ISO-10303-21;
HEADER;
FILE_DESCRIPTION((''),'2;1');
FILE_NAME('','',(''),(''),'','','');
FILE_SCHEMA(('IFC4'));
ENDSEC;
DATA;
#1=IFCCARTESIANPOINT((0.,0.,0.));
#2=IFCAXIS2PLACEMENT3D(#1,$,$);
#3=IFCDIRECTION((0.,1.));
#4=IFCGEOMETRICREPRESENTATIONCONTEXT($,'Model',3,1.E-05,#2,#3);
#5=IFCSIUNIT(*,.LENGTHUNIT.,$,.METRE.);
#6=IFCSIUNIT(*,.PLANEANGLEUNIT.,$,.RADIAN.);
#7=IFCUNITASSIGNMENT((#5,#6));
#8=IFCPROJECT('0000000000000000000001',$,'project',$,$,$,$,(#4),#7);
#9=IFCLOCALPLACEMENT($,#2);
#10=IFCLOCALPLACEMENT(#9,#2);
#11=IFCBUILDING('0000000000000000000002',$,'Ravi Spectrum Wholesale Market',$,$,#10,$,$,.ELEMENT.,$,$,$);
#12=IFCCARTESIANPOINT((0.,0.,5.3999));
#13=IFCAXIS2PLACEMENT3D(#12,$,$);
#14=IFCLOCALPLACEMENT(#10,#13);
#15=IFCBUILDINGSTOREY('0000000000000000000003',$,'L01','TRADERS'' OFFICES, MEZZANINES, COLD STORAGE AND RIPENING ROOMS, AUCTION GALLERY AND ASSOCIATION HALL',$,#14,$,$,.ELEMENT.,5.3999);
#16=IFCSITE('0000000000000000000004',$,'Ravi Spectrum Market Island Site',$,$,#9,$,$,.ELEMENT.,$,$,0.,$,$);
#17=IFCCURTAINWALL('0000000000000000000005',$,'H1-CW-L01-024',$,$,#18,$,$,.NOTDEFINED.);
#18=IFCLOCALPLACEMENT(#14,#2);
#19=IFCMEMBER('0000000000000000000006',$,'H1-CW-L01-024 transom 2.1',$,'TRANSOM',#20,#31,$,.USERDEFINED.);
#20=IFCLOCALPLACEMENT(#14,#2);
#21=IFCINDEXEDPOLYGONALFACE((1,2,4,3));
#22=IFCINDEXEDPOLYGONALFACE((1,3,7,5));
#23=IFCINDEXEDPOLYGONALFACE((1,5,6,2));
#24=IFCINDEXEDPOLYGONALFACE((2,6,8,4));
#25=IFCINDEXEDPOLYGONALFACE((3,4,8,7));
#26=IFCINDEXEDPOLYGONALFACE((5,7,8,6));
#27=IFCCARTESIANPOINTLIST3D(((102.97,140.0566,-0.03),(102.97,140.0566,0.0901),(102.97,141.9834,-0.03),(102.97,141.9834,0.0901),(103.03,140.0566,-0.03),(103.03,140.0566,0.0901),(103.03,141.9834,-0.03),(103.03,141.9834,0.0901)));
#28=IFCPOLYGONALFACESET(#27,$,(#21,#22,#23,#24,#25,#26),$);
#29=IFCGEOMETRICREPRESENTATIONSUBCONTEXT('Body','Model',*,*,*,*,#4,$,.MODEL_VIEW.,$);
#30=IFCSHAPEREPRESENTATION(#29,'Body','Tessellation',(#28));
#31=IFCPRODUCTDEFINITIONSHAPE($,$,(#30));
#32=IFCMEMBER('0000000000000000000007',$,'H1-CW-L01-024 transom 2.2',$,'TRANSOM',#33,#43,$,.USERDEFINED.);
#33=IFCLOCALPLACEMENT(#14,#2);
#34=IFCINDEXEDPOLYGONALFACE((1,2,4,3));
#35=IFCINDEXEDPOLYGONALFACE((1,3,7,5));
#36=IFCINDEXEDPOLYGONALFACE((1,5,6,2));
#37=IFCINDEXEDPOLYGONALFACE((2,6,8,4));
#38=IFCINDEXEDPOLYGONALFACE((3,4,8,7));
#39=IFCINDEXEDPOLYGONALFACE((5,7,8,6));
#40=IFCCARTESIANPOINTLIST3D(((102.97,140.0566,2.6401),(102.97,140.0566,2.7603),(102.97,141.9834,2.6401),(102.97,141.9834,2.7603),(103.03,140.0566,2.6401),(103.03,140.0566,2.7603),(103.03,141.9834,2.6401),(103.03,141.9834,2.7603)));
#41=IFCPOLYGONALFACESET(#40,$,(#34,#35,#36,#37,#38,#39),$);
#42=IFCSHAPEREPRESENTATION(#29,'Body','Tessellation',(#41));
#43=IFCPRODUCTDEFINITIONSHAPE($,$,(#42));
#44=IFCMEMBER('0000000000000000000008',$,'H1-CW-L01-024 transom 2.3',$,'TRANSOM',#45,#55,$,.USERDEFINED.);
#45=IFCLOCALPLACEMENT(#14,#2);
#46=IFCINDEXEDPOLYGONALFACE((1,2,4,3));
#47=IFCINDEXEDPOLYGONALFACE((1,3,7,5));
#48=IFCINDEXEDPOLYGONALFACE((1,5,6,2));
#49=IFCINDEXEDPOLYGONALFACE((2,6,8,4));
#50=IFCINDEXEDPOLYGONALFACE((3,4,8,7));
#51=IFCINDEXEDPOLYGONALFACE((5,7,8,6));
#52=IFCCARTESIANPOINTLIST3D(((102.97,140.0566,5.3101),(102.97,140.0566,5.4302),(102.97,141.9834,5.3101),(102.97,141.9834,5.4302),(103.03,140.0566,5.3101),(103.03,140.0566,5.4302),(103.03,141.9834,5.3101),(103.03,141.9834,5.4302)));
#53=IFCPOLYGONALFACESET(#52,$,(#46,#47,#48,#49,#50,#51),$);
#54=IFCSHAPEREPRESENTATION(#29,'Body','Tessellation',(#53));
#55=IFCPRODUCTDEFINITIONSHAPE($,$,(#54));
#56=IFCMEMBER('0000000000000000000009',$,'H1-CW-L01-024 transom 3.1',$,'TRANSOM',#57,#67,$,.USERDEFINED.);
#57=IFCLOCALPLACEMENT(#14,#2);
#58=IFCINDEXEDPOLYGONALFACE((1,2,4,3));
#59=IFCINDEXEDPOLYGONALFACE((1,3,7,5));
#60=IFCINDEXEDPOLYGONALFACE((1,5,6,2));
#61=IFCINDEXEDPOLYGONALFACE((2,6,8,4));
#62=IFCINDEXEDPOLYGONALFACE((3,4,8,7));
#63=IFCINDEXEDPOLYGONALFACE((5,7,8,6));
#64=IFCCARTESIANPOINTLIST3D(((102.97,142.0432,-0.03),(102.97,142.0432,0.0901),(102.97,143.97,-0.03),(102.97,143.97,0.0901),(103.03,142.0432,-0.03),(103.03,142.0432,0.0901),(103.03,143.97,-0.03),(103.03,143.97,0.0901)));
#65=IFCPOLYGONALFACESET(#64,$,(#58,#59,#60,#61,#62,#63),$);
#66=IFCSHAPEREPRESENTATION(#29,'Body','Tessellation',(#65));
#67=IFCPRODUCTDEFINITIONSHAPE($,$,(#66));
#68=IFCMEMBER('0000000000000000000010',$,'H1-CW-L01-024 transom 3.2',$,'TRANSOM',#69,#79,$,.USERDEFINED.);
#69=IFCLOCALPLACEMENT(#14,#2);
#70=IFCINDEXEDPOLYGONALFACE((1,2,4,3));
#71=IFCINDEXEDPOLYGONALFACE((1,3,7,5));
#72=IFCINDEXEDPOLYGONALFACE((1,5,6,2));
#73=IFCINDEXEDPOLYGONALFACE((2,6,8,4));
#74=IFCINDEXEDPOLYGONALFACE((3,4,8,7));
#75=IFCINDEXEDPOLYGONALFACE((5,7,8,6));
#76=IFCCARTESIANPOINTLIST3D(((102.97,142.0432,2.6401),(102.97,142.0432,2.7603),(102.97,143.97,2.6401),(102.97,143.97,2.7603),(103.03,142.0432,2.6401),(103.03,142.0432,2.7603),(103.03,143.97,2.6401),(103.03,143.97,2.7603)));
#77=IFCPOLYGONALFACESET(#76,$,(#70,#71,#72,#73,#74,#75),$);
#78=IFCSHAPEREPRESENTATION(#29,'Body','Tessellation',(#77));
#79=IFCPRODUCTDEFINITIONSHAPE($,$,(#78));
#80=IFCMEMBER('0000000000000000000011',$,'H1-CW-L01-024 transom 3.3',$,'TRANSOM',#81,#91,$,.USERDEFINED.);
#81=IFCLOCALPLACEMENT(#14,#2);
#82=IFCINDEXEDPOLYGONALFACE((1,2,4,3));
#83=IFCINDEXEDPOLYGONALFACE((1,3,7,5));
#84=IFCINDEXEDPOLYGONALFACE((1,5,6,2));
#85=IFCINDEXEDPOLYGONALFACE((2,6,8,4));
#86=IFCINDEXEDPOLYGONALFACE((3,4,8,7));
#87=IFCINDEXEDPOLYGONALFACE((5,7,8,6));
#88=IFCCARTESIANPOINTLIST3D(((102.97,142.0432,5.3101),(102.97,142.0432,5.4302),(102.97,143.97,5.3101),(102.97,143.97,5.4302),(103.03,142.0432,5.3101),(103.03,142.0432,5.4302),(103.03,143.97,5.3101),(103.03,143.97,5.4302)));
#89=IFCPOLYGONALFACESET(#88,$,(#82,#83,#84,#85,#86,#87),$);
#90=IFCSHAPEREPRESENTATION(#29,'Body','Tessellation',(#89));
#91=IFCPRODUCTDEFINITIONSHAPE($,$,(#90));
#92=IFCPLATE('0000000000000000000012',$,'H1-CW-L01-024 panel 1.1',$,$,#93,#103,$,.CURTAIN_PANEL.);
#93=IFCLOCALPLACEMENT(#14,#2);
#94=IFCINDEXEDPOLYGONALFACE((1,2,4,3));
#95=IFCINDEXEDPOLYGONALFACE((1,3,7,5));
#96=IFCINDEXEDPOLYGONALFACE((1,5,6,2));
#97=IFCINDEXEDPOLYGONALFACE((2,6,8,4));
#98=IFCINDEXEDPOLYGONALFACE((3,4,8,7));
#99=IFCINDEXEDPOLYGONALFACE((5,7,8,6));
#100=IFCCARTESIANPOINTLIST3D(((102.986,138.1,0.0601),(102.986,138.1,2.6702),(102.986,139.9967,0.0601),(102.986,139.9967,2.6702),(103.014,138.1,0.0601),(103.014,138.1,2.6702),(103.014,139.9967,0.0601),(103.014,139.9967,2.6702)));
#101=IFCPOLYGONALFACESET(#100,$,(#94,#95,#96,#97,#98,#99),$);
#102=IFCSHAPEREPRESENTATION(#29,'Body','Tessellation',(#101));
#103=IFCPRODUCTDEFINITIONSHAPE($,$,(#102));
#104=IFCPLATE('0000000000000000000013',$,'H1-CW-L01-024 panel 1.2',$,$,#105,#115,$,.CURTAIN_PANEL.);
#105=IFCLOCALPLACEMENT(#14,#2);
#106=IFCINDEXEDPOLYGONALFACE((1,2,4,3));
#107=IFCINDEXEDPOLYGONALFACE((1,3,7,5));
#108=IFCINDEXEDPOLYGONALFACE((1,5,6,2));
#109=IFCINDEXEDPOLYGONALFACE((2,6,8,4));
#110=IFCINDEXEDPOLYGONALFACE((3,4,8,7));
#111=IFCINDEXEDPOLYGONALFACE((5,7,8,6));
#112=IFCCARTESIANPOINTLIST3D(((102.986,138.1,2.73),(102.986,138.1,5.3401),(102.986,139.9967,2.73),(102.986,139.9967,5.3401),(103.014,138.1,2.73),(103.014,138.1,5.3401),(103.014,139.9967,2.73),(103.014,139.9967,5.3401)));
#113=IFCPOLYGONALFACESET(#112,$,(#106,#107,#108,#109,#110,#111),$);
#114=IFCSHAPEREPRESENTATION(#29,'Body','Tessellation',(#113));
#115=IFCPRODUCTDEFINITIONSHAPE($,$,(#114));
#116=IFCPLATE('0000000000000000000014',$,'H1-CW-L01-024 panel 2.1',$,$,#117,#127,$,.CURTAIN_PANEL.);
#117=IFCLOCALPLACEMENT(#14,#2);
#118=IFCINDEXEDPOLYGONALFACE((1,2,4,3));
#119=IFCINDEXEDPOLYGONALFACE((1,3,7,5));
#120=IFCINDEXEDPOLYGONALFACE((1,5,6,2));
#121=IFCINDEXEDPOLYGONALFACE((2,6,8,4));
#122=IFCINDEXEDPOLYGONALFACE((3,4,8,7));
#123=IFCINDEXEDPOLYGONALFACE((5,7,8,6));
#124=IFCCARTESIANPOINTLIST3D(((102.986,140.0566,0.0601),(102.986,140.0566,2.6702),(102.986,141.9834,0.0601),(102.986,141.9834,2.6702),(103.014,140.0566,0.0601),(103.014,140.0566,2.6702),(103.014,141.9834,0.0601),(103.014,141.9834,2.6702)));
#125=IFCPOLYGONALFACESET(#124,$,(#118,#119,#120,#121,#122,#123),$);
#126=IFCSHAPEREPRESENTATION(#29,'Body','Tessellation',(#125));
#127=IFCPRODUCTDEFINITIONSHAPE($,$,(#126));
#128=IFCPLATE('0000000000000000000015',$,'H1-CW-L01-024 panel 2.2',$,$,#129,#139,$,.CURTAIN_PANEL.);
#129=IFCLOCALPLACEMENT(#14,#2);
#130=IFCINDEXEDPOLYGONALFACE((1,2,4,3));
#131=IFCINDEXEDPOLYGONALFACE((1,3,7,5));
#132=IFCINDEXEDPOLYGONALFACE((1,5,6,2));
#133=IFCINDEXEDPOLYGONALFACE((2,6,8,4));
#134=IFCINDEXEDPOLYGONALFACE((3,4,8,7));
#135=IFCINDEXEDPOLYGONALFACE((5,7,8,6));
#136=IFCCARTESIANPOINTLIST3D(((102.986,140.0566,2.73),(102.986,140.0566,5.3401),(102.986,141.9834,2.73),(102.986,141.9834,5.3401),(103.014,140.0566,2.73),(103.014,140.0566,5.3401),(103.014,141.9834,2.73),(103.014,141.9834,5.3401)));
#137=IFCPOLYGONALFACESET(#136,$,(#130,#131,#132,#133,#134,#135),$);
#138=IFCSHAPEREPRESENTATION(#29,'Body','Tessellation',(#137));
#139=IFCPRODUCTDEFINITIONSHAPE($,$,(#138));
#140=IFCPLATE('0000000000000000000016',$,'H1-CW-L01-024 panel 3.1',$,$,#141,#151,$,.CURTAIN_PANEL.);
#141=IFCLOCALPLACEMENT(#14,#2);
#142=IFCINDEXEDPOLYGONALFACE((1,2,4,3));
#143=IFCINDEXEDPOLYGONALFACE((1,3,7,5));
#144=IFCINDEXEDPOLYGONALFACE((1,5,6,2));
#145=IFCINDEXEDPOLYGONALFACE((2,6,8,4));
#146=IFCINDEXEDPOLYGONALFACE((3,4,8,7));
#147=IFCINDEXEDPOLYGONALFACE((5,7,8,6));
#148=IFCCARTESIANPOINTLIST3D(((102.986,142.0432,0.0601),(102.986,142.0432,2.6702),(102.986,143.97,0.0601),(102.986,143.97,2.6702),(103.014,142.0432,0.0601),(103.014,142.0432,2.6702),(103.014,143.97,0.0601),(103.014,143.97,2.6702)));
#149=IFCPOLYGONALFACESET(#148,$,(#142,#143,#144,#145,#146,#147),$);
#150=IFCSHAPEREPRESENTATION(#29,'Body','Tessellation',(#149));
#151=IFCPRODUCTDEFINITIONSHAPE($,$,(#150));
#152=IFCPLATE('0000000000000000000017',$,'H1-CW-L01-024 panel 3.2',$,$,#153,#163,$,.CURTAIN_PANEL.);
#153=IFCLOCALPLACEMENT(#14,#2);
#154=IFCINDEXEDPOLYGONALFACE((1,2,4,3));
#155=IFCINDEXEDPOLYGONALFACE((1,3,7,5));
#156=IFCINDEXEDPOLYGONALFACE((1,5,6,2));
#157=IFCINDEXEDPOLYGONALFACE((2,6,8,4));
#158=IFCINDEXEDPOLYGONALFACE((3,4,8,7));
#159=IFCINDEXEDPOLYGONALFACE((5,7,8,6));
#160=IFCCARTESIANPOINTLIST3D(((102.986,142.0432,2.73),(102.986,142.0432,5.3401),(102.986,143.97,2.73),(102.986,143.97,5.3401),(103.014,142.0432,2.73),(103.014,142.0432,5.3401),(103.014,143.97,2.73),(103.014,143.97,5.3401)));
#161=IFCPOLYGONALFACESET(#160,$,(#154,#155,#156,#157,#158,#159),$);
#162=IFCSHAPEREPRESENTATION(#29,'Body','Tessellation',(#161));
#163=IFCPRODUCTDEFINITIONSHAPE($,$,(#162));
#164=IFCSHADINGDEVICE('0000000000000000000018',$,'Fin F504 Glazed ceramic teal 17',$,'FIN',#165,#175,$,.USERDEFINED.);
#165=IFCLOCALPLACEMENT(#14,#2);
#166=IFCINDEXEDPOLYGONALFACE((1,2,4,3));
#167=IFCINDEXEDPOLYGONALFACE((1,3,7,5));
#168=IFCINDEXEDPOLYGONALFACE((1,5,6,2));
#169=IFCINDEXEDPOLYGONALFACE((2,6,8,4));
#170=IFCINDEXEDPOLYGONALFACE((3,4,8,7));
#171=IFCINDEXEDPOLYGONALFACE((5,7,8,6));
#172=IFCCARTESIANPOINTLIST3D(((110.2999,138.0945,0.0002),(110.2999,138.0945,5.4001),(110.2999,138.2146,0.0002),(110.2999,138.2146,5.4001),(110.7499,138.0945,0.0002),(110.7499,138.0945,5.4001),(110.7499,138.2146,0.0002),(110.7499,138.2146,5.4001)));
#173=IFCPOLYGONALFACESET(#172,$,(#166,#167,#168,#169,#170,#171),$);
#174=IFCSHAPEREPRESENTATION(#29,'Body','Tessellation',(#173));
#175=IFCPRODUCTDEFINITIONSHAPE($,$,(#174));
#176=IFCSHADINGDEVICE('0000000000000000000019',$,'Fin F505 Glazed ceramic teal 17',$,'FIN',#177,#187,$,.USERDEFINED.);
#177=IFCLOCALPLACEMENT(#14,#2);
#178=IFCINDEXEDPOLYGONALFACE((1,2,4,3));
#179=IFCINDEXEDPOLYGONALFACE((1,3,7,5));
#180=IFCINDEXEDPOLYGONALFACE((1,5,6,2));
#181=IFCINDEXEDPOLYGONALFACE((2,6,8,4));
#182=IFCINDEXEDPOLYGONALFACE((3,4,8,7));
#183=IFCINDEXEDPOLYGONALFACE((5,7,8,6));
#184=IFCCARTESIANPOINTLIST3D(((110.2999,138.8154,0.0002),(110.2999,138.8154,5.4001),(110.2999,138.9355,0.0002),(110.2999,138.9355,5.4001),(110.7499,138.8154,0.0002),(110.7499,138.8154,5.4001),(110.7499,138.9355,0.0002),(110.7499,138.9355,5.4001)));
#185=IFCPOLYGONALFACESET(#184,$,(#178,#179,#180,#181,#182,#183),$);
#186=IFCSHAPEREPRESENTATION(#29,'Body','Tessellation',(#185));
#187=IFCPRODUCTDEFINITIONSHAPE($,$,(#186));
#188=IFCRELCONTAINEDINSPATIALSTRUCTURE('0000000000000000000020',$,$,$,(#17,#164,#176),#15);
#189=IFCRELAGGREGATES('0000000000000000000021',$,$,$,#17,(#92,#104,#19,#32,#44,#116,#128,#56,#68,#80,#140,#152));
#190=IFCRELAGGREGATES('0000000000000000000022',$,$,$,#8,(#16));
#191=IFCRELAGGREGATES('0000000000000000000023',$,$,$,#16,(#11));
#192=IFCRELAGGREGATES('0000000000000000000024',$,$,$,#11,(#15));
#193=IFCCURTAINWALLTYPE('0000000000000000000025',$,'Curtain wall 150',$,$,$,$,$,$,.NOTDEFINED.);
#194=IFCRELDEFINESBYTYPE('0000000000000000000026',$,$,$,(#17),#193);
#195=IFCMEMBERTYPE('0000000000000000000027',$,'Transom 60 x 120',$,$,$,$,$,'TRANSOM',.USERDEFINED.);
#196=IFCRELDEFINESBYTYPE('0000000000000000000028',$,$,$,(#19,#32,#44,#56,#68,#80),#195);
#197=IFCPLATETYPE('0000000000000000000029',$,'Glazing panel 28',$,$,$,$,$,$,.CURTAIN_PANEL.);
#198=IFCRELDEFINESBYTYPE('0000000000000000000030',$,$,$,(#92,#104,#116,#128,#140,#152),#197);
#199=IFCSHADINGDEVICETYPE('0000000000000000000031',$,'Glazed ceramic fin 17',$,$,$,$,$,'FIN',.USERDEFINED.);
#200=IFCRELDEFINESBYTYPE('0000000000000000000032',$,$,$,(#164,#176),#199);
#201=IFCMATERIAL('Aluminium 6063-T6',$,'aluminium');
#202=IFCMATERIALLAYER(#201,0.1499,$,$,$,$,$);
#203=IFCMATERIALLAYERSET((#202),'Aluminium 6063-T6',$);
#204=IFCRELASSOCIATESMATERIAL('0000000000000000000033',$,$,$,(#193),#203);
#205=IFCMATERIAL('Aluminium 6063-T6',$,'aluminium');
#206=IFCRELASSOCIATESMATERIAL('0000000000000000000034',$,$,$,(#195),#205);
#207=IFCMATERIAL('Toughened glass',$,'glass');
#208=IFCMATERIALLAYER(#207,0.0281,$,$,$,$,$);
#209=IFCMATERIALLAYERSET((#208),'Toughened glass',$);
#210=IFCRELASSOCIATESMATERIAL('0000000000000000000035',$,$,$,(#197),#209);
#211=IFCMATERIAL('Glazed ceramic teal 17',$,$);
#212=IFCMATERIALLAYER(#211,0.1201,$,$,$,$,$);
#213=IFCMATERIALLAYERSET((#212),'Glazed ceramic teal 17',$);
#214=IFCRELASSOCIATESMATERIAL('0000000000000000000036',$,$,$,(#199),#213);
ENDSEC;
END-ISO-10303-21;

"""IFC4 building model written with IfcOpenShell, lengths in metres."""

from ifc_helpers import new_model, si_unit, direction, frame, origin, origin_2d, place, context, subcontext, project, spatial, rectangle, extrude, material, layer, layer_set, material_profile, profile_set, type_object, element, aggregate, save


model = new_model("IFC4")

# Units and contexts
model_context = context("Model", 3, precision=1e-05, world=origin(), true_north=direction((0.0, 1.0)))
body_context = subcontext(model_context, "Body", "Model", "MODEL_VIEW")
ifc_project = project(units=[si_unit("LENGTHUNIT", "METRE"), si_unit("PLANEANGLEUNIT", "RADIAN")], contexts=[model_context])

# Site, building, storey
site_placement = place(None, origin())
site = spatial("IfcSite", under=ifc_project, at=site_placement, Name="Ravi Spectrum Market Island Site", CompositionType="ELEMENT", RefElevation=0.0)
building_placement = place(site_placement, origin())
building = spatial("IfcBuilding", under=site, at=building_placement, Name="Ravi Spectrum Wholesale Market", CompositionType="ELEMENT")
storey_placement = place(building_placement, frame((0.0, 0.0, 5.3999)))
storey = spatial("IfcBuildingStorey", under=building, at=storey_placement, Name="L01", Description="TRADERS' OFFICES, MEZZANINES, COLD STORAGE AND RIPENING ROOMS, AUCTION GALLERY AND ASSOCIATION HALL", CompositionType="ELEMENT", Elevation=5.3999)

# Curtain wall, members, plates
ifc_material_1 = material(Name="Aluminium 6063-T6", Category="aluminium")
ifc_layer_1 = layer(ifc_material_1, 0.1499)
ifc_layer_set_1 = layer_set([ifc_layer_1], Name="Aluminium 6063-T6")
curtain_wall_type = type_object("IfcCurtainWallType", Name="Curtain wall 150", PredefinedType="NOTDEFINED", material=ifc_layer_set_1)
curtain_wall_placement = place(storey_placement, origin())
curtain_wall = element("IfcCurtainWall", 1, at=curtain_wall_placement, inside=storey, type_object=curtain_wall_type, Name="H1-CW-L01-024", PredefinedType="NOTDEFINED")
ifc_material_2 = material(Name="Aluminium 6063-T6", Category="aluminium")
ifc_material_profile = material_profile(ifc_material_2, rectangle(XDim=0.0601, YDim=0.1201, at=origin_2d()))
ifc_profile_set = profile_set([ifc_material_profile], Name="Aluminium 6063-T6")
member_type = type_object("IfcMemberType", Name="Transom 60 x 120", ElementType="TRANSOM", PredefinedType="USERDEFINED", material=ifc_profile_set)
member_1_placement = place(storey_placement, frame((103.0, 140.0566, 0.03), z_axis=(0.0, 1.0, 0.0), x_axis=(-1.0, 0.0, 0.0)))
member_1 = element("IfcMember", 2, at=member_1_placement, type_object=member_type, Name="H1-CW-L01-024 transom 2.1", ObjectType="TRANSOM", PredefinedType="USERDEFINED", context=body_context, shape_type="SweptSolid", body=[
    extrude(rectangle(XDim=0.0601, YDim=0.1201, at=origin_2d()), origin(), (0.0, 0.0, 1.0), 1.9268),
])
member_2_placement = place(storey_placement, frame((103.0, 140.0566, 2.7002), z_axis=(0.0, 1.0, 0.0), x_axis=(-1.0, 0.0, 0.0)))
member_2 = element("IfcMember", 3, at=member_2_placement, type_object=member_type, Name="H1-CW-L01-024 transom 2.2", ObjectType="TRANSOM", PredefinedType="USERDEFINED", context=body_context, shape_type="SweptSolid", body=[
    extrude(rectangle(XDim=0.0601, YDim=0.1201, at=origin_2d()), origin(), (0.0, 0.0, 1.0), 1.9268),
])
member_3_placement = place(storey_placement, frame((103.0, 140.0566, 5.3701), z_axis=(0.0, 1.0, 0.0), x_axis=(-1.0, 0.0, 0.0)))
member_3 = element("IfcMember", 4, at=member_3_placement, type_object=member_type, Name="H1-CW-L01-024 transom 2.3", ObjectType="TRANSOM", PredefinedType="USERDEFINED", context=body_context, shape_type="SweptSolid", body=[
    extrude(rectangle(XDim=0.0601, YDim=0.1201, at=origin_2d()), origin(), (0.0, 0.0, 1.0), 1.9268),
])
member_4_placement = place(storey_placement, frame((103.0, 142.0432, 0.03), z_axis=(0.0, 1.0, 0.0), x_axis=(-1.0, 0.0, 0.0)))
member_4 = element("IfcMember", 5, at=member_4_placement, type_object=member_type, Name="H1-CW-L01-024 transom 3.1", ObjectType="TRANSOM", PredefinedType="USERDEFINED", context=body_context, shape_type="SweptSolid", body=[
    extrude(rectangle(XDim=0.0601, YDim=0.1201, at=origin_2d()), origin(), (0.0, 0.0, 1.0), 1.9268),
])
member_5_placement = place(storey_placement, frame((103.0, 142.0432, 2.7002), z_axis=(0.0, 1.0, 0.0), x_axis=(-1.0, 0.0, 0.0)))
member_5 = element("IfcMember", 6, at=member_5_placement, type_object=member_type, Name="H1-CW-L01-024 transom 3.2", ObjectType="TRANSOM", PredefinedType="USERDEFINED", context=body_context, shape_type="SweptSolid", body=[
    extrude(rectangle(XDim=0.0601, YDim=0.1201, at=origin_2d()), origin(), (0.0, 0.0, 1.0), 1.9268),
])
member_6_placement = place(storey_placement, frame((103.0, 142.0432, 5.3701), z_axis=(0.0, 1.0, 0.0), x_axis=(-1.0, 0.0, 0.0)))
member_6 = element("IfcMember", 7, at=member_6_placement, type_object=member_type, Name="H1-CW-L01-024 transom 3.3", ObjectType="TRANSOM", PredefinedType="USERDEFINED", context=body_context, shape_type="SweptSolid", body=[
    extrude(rectangle(XDim=0.0601, YDim=0.1201, at=origin_2d()), origin(), (0.0, 0.0, 1.0), 1.9268),
])
ifc_material_3 = material(Name="Toughened glass", Category="glass")
ifc_layer_2 = layer(ifc_material_3, 0.0281)
ifc_layer_set_2 = layer_set([ifc_layer_2], Name="Toughened glass")
plate_type = type_object("IfcPlateType", Name="Glazing panel 28", PredefinedType="CURTAIN_PANEL", material=ifc_layer_set_2)
plate_1_placement = place(storey_placement, frame((103.0, 139.0483, 0.0601), z_axis=(0.0, 0.0, 1.0), x_axis=(0.0, 1.0, 0.0)))
plate_1 = element("IfcPlate", 8, at=plate_1_placement, type_object=plate_type, Name="H1-CW-L01-024 panel 1.1", PredefinedType="CURTAIN_PANEL", context=body_context, shape_type="SweptSolid", body=[
    extrude(rectangle(XDim=1.8967, YDim=0.0281, at=origin_2d()), origin(), (0.0, 0.0, 1.0), 2.6101),
])
plate_2_placement = place(storey_placement, frame((103.0, 139.0483, 2.73), z_axis=(0.0, 0.0, 1.0), x_axis=(0.0, 1.0, 0.0)))
plate_2 = element("IfcPlate", 9, at=plate_2_placement, type_object=plate_type, Name="H1-CW-L01-024 panel 1.2", PredefinedType="CURTAIN_PANEL", context=body_context, shape_type="SweptSolid", body=[
    extrude(rectangle(XDim=1.8967, YDim=0.0281, at=origin_2d()), origin(), (0.0, 0.0, 1.0), 2.6101),
])
plate_3_placement = place(storey_placement, frame((103.0, 141.02, 0.0601), z_axis=(0.0, 0.0, 1.0), x_axis=(0.0, 1.0, 0.0)))
plate_3 = element("IfcPlate", 10, at=plate_3_placement, type_object=plate_type, Name="H1-CW-L01-024 panel 2.1", PredefinedType="CURTAIN_PANEL", context=body_context, shape_type="SweptSolid", body=[
    extrude(rectangle(XDim=1.9268, YDim=0.0281, at=origin_2d()), origin(), (0.0, 0.0, 1.0), 2.6101),
])
plate_4_placement = place(storey_placement, frame((103.0, 141.02, 2.73), z_axis=(0.0, 0.0, 1.0), x_axis=(0.0, 1.0, 0.0)))
plate_4 = element("IfcPlate", 11, at=plate_4_placement, type_object=plate_type, Name="H1-CW-L01-024 panel 2.2", PredefinedType="CURTAIN_PANEL", context=body_context, shape_type="SweptSolid", body=[
    extrude(rectangle(XDim=1.9268, YDim=0.0281, at=origin_2d()), origin(), (0.0, 0.0, 1.0), 2.6101),
])
plate_5_placement = place(storey_placement, frame((103.0, 143.0066, 0.0601), z_axis=(0.0, 0.0, 1.0), x_axis=(0.0, 1.0, 0.0)))
plate_5 = element("IfcPlate", 12, at=plate_5_placement, type_object=plate_type, Name="H1-CW-L01-024 panel 3.1", PredefinedType="CURTAIN_PANEL", context=body_context, shape_type="SweptSolid", body=[
    extrude(rectangle(XDim=1.9268, YDim=0.0281, at=origin_2d()), origin(), (0.0, 0.0, 1.0), 2.6101),
])
plate_6_placement = place(storey_placement, frame((103.0, 143.0066, 2.73), z_axis=(0.0, 0.0, 1.0), x_axis=(0.0, 1.0, 0.0)))
plate_6 = element("IfcPlate", 13, at=plate_6_placement, type_object=plate_type, Name="H1-CW-L01-024 panel 3.2", PredefinedType="CURTAIN_PANEL", context=body_context, shape_type="SweptSolid", body=[
    extrude(rectangle(XDim=1.9268, YDim=0.0281, at=origin_2d()), origin(), (0.0, 0.0, 1.0), 2.6101),
])
aggregate(curtain_wall, [plate_1, plate_2, member_1, member_2, member_3, plate_3, plate_4, member_4, member_5, member_6, plate_5, plate_6])

# Shading devices
ifc_material_4 = material(Name="Glazed ceramic teal 17")
ifc_layer_3 = layer(ifc_material_4, 0.1201)
ifc_layer_set_3 = layer_set([ifc_layer_3], Name="Glazed ceramic teal 17")
shading_device_type = type_object("IfcShadingDeviceType", Name="Glazed ceramic fin 17", ElementType="FIN", PredefinedType="USERDEFINED", material=ifc_layer_set_3)
for number, where, z_axis, x_axis, name in (
    (14, (110.5249, 138.1545, 0.0002), (0.0, 0.0, 1.0), (0.0, 1.0, 0.0), "Fin F504 Glazed ceramic teal 17"),
    (15, (110.5249, 138.8755, 0.0002), (0.0, 0.0, 1.0), (0.0, 1.0, 0.0), "Fin F505 Glazed ceramic teal 17"),
):
    element("IfcShadingDevice", number, at=place(storey_placement, frame(where, z_axis=z_axis, x_axis=x_axis)), inside=storey, type_object=shading_device_type, Name=name, ObjectType="FIN", PredefinedType="USERDEFINED", context=body_context, shape_type="SweptSolid", body=[
        extrude(rectangle(XDim=0.1201, YDim=0.45, at=origin_2d()), origin(), (0.0, 0.0, 1.0), 5.3999),
    ])

save(model, "model.ifc")
